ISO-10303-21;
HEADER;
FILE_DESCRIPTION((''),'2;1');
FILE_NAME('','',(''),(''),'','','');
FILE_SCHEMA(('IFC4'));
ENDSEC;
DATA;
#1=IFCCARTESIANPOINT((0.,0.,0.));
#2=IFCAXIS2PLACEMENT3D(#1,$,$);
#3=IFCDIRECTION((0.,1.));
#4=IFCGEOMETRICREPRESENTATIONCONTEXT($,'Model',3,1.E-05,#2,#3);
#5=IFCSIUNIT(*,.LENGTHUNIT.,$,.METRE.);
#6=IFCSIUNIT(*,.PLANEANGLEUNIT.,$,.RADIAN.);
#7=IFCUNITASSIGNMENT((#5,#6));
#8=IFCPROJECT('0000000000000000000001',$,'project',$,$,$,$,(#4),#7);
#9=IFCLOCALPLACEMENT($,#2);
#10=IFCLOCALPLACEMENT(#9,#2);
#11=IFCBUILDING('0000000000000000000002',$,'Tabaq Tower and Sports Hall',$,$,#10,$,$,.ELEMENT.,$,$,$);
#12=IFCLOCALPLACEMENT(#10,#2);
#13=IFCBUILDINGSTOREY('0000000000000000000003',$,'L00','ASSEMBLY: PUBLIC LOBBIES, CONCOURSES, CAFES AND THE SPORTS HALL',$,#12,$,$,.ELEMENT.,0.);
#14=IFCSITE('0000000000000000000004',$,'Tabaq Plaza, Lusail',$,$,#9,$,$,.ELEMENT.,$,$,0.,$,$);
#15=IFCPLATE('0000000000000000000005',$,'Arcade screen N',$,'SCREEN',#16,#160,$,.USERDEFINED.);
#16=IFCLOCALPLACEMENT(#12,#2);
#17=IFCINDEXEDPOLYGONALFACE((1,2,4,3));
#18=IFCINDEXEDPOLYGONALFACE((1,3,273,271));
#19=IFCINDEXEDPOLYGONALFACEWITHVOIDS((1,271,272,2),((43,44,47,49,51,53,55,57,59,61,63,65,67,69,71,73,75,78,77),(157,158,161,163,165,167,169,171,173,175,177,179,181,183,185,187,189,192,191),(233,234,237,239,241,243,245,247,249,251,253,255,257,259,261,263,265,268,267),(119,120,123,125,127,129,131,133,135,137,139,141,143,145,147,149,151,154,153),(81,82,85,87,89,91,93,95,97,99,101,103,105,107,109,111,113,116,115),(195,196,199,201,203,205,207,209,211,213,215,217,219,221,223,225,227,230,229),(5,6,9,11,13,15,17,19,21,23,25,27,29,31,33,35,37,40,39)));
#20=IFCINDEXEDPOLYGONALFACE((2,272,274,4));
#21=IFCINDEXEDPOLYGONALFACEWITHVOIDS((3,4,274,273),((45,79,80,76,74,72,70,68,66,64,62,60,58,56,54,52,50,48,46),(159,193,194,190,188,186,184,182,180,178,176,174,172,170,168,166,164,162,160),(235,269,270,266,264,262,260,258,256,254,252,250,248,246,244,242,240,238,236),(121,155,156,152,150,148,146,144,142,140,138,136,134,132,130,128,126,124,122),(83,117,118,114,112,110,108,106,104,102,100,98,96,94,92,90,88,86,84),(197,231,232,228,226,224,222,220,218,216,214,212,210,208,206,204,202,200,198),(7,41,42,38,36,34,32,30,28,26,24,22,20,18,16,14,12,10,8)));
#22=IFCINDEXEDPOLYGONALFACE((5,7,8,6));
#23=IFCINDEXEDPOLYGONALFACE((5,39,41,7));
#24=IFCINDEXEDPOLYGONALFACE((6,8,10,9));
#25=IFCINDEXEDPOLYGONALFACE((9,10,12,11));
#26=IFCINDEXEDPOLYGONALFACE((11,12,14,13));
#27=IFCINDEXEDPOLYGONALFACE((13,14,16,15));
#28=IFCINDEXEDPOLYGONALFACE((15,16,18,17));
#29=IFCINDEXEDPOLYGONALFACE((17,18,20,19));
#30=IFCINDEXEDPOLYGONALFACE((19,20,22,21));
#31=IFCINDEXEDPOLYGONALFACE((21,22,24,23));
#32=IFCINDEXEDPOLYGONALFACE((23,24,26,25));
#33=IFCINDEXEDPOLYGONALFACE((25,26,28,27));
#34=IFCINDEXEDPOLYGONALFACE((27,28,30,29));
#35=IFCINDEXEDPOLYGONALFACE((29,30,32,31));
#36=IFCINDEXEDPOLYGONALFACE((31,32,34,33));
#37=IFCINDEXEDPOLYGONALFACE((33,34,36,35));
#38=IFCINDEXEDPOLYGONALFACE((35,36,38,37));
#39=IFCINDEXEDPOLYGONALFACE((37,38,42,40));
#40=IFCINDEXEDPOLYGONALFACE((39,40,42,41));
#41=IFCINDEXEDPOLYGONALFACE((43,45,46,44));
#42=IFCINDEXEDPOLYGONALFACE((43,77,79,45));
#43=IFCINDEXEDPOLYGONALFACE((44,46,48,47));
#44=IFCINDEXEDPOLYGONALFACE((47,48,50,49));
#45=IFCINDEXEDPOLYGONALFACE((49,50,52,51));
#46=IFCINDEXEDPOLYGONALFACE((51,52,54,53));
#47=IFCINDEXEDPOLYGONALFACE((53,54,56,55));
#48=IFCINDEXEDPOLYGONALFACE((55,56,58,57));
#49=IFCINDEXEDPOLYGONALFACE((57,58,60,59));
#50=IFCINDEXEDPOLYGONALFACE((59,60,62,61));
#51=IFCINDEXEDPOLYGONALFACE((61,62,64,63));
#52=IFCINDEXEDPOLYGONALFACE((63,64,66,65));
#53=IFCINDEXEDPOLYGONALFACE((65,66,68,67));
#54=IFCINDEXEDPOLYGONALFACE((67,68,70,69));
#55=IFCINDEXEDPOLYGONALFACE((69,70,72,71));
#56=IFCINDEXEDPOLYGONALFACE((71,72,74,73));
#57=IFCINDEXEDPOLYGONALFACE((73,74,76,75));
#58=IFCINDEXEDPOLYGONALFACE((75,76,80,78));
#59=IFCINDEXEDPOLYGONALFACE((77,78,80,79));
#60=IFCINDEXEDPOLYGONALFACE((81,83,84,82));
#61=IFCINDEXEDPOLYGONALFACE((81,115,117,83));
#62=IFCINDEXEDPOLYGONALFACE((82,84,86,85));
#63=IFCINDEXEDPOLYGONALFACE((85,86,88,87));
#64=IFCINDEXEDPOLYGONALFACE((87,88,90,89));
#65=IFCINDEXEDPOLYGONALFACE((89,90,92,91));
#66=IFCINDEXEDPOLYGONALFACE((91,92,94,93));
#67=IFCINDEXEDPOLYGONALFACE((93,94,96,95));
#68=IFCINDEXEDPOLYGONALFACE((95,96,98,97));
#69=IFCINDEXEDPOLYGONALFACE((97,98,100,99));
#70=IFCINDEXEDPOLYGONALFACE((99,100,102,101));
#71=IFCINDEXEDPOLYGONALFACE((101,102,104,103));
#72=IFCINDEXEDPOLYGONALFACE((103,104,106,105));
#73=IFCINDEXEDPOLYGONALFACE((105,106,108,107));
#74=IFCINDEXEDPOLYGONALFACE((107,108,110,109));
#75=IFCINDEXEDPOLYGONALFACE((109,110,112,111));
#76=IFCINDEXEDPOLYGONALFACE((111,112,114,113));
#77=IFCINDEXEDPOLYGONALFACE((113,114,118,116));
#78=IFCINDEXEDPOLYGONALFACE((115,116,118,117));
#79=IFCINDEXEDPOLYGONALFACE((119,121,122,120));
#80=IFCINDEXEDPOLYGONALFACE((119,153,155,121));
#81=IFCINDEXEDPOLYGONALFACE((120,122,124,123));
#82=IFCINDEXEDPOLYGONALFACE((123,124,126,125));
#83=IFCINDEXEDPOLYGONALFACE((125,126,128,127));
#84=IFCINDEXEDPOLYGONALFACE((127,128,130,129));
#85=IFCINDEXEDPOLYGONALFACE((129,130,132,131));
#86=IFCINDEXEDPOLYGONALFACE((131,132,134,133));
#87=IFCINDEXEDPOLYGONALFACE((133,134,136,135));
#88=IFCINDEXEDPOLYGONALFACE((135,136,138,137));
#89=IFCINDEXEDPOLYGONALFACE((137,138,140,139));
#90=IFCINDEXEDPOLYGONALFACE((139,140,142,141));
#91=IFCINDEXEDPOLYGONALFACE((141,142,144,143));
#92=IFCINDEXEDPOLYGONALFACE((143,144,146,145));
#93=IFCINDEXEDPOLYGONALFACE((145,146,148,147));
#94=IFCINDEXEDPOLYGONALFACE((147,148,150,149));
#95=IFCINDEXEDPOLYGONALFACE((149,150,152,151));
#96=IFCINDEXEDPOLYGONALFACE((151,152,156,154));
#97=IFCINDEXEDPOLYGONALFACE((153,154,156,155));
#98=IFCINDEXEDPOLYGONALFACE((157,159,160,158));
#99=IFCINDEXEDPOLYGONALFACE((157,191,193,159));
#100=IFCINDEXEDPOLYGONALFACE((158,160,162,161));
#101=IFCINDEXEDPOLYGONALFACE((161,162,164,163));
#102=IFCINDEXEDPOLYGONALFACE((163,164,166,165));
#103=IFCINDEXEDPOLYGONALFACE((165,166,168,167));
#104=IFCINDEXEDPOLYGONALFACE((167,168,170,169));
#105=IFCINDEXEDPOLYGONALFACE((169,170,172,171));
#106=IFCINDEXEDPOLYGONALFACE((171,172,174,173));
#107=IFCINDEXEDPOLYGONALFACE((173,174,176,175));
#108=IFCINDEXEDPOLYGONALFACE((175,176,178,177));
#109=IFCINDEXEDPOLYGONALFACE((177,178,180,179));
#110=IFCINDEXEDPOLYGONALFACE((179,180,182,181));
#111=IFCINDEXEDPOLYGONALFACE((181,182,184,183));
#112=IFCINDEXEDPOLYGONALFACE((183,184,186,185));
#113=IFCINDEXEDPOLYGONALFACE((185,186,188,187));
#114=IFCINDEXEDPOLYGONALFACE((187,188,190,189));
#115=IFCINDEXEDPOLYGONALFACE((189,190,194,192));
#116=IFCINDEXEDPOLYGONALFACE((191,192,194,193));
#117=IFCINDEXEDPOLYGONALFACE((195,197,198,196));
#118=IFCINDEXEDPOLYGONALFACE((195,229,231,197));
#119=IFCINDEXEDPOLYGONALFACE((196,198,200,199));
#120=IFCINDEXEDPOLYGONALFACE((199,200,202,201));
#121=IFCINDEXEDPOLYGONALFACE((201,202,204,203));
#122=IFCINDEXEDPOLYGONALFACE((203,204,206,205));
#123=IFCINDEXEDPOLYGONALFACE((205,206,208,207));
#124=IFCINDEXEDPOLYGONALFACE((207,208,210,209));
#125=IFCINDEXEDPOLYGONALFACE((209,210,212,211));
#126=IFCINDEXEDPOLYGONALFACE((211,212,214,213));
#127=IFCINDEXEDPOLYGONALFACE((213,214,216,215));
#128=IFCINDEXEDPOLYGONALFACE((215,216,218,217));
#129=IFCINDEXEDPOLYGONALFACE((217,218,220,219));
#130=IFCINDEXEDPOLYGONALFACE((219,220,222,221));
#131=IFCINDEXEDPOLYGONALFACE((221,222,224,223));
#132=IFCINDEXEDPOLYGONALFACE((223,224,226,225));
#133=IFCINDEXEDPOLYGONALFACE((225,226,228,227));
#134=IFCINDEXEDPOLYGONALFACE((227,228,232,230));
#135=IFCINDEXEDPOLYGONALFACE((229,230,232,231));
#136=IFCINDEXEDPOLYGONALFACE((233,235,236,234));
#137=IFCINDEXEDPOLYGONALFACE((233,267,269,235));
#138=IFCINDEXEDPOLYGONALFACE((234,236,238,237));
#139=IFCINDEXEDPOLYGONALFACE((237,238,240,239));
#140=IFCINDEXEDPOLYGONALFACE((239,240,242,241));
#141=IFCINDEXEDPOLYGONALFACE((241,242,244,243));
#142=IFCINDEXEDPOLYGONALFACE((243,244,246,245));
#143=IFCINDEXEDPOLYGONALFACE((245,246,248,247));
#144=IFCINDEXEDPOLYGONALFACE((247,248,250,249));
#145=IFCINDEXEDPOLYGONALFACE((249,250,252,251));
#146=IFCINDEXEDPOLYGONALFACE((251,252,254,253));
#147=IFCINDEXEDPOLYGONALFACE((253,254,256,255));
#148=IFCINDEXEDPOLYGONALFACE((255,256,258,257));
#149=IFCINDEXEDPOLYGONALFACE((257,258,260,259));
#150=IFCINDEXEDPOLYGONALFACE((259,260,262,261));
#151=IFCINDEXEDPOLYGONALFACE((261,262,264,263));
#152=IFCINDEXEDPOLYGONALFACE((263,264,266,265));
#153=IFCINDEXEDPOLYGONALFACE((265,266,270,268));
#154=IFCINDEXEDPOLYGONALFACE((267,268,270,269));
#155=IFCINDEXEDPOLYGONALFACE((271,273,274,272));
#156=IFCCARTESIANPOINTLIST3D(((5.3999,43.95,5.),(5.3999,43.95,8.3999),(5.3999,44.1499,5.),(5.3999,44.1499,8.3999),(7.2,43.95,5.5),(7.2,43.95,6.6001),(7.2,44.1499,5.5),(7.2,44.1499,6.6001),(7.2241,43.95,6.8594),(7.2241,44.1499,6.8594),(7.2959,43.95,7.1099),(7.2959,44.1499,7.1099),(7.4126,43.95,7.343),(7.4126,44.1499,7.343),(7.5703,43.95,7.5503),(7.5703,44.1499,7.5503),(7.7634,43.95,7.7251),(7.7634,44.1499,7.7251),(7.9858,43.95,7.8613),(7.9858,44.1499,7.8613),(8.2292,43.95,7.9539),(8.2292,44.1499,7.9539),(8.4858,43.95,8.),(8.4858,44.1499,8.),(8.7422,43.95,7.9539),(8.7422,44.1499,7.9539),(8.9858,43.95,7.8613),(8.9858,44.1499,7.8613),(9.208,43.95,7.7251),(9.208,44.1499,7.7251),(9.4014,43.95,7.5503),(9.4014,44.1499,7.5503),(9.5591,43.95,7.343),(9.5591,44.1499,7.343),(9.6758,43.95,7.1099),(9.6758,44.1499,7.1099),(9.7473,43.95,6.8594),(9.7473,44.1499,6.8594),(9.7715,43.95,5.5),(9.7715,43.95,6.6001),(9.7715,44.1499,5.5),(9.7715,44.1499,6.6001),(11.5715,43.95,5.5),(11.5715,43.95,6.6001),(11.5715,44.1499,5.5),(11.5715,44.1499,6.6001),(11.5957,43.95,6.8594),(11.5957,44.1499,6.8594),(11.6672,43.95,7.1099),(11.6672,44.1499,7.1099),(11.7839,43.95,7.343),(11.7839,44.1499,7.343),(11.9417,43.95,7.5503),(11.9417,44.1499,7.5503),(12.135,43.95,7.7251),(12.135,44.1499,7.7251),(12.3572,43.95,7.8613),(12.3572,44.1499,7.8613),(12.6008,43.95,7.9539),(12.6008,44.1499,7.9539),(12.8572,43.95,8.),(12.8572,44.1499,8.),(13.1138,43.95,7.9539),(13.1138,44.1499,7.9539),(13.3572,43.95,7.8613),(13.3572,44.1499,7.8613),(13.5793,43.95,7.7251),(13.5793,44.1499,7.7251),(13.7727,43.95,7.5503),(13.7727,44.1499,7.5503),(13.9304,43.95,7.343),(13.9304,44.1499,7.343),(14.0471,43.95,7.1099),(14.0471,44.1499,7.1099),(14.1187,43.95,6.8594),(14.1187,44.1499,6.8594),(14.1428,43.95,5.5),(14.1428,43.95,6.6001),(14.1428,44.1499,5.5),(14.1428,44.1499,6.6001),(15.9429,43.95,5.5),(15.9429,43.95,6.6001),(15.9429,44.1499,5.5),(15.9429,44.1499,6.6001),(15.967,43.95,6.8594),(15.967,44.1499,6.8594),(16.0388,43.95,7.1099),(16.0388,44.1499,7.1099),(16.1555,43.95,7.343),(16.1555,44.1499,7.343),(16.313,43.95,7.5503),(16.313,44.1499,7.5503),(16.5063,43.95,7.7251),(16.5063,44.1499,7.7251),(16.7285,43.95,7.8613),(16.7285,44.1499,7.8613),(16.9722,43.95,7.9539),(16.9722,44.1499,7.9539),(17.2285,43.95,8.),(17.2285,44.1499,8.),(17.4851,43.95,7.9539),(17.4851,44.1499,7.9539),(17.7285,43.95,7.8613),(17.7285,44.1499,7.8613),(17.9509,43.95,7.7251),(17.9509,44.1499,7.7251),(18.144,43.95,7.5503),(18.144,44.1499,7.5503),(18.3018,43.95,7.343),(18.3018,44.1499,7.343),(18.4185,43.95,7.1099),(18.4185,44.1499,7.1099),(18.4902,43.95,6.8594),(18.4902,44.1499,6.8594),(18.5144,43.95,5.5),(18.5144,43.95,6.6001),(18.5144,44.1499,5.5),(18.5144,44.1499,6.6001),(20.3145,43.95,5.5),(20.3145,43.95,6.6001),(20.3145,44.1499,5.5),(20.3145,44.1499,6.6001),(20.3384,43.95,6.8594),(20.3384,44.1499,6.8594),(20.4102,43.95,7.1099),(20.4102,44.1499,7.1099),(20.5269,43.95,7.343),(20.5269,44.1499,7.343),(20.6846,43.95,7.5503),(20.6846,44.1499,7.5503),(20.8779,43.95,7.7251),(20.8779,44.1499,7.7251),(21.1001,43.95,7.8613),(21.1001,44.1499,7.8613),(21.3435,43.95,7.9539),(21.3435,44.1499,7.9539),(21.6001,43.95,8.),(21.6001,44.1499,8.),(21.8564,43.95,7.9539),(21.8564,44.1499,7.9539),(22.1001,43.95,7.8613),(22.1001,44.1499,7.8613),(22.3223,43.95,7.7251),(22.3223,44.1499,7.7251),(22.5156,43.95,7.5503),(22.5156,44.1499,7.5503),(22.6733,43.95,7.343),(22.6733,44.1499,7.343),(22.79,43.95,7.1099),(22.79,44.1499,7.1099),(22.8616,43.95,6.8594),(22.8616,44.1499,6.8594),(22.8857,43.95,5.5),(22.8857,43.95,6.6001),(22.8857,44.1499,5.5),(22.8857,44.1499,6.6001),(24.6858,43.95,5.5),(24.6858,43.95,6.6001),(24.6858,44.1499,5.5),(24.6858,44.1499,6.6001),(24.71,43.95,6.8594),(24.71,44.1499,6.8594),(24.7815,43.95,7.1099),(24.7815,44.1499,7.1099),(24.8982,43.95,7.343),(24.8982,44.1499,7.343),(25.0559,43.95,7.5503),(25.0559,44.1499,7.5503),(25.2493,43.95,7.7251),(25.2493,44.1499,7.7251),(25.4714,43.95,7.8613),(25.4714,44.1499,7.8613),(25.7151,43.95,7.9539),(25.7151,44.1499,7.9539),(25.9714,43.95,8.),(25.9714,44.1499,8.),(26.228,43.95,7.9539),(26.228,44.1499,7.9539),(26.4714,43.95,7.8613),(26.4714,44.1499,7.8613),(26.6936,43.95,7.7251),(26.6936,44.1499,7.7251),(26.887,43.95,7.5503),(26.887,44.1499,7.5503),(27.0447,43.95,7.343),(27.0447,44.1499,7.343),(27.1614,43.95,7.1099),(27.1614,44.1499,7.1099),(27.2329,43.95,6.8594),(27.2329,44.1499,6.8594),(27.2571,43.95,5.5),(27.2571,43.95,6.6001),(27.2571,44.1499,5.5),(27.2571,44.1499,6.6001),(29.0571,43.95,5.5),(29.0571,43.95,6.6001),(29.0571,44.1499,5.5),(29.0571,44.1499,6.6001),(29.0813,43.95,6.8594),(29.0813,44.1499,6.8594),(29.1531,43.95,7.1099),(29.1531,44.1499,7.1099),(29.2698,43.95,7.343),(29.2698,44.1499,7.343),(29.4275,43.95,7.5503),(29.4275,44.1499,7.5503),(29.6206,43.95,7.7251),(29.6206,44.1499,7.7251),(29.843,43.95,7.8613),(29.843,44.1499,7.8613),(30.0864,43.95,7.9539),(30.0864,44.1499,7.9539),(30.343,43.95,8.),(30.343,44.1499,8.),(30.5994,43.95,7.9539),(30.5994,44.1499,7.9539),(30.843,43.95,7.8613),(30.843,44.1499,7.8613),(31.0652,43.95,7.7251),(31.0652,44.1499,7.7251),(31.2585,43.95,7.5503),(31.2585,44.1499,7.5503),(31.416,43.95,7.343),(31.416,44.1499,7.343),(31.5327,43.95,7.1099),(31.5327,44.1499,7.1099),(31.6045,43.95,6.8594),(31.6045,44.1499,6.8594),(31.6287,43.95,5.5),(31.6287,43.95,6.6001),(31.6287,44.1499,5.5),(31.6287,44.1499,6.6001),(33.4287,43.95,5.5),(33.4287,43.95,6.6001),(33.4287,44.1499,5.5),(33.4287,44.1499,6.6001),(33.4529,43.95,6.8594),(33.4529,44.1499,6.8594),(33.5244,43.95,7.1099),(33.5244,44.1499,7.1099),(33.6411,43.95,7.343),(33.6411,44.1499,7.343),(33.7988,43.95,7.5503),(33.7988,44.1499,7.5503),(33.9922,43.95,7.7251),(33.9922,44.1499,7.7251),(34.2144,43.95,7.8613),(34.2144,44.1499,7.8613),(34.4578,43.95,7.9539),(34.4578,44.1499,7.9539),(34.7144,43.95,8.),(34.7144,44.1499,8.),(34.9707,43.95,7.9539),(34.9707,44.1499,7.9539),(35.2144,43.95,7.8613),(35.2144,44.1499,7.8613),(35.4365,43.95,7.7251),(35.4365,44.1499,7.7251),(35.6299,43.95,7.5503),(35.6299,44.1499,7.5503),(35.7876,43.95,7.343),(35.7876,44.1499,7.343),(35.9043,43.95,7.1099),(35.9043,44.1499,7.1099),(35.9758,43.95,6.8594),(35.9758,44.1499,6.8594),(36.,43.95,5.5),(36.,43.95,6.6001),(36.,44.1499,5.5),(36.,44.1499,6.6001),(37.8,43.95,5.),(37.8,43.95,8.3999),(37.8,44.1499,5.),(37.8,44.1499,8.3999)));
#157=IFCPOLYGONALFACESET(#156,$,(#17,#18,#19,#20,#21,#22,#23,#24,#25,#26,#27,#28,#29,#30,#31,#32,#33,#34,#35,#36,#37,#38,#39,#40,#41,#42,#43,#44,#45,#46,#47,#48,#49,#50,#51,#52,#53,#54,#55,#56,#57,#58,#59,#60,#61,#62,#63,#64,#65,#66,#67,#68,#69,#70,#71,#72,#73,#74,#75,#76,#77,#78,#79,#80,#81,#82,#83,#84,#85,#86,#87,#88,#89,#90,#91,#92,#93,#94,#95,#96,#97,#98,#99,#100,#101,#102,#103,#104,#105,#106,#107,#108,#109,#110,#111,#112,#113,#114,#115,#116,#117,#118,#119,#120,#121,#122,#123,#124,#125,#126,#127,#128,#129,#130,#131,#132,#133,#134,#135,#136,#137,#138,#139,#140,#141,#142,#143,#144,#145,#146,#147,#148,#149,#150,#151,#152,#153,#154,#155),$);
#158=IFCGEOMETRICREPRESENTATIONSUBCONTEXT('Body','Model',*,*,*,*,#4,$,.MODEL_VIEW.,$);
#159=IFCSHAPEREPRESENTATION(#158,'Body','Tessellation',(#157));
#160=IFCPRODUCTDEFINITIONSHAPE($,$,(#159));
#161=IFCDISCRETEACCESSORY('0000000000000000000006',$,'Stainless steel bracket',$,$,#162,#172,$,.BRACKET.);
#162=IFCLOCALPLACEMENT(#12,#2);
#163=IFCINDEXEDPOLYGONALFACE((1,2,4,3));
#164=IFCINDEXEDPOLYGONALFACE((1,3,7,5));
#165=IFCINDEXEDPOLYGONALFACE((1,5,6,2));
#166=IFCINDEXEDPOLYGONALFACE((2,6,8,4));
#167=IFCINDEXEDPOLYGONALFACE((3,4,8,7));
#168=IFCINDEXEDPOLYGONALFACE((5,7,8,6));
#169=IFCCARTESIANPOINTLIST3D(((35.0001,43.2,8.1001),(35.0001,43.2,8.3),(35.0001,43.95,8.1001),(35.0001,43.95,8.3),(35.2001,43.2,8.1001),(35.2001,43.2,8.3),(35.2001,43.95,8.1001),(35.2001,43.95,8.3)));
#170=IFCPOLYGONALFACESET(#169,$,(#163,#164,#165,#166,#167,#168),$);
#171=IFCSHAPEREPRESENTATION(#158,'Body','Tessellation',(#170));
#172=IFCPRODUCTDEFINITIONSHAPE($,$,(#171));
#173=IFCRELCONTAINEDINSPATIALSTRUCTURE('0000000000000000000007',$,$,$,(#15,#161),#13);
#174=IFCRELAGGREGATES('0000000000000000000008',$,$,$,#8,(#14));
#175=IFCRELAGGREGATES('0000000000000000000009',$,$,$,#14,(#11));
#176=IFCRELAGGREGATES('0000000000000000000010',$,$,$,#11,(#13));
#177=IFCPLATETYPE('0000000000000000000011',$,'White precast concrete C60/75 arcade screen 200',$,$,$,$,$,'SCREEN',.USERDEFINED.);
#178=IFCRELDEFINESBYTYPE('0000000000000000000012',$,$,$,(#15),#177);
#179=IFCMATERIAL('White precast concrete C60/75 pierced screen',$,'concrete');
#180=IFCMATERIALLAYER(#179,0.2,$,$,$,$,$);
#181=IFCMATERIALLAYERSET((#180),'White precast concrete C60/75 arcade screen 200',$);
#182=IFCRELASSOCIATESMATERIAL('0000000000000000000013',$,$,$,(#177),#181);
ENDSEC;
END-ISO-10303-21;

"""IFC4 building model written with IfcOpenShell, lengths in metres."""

from ifc_helpers import new_model, si_unit, direction, frame, origin, origin_2d, place, context, subcontext, project, spatial, polyline, rectangle, outline, extrude, material, layer, layer_set, type_object, element, save


model = new_model("IFC4")

# Units and contexts
model_context = context("Model", 3, precision=1e-05, world=origin(), true_north=direction((0.0, 1.0)))
body_context = subcontext(model_context, "Body", "Model", "MODEL_VIEW")
ifc_project = project(units=[si_unit("LENGTHUNIT", "METRE"), si_unit("PLANEANGLEUNIT", "RADIAN")], contexts=[model_context])

# Site, building, storey
site_placement = place(None, origin())
site = spatial("IfcSite", under=ifc_project, at=site_placement, Name="Tabaq Plaza, Lusail", CompositionType="ELEMENT", RefElevation=0.0)
building_placement = place(site_placement, origin())
building = spatial("IfcBuilding", under=site, at=building_placement, Name="Tabaq Tower and Sports Hall", CompositionType="ELEMENT")
storey_placement = place(building_placement, origin())
storey = spatial("IfcBuildingStorey", under=building, at=storey_placement, Name="L00", Description="ASSEMBLY: PUBLIC LOBBIES, CONCOURSES, CAFES AND THE SPORTS HALL", CompositionType="ELEMENT", Elevation=0.0)

# Plate
ifc_material_1 = material(Name="White precast concrete C60/75 pierced screen", Category="concrete")
ifc_layer_1 = layer(ifc_material_1, 0.2)
ifc_layer_set_1 = layer_set([ifc_layer_1], Name="White precast concrete C60/75 arcade screen 200")
plate_type_1 = type_object("IfcPlateType", Name="White precast concrete C60/75 arcade screen 200", ElementType="SCREEN", PredefinedType="USERDEFINED", material=ifc_layer_set_1)
plate_1_placement = place(storey_placement, frame((37.8, 44.05, 5.0), z_axis=(0.0, 0.0, 1.0), x_axis=(-1.0, 0.0, 0.0)))
element("IfcPlate", 1, at=plate_1_placement, inside=storey, type_object=plate_type_1, Name="Arcade screen N", ObjectType="SCREEN", PredefinedType="USERDEFINED", context=body_context, shape_type="SweptSolid", body=[
    extrude(outline(polyline([(0.0, 0.0), (32.4001, 0.0), (32.4001, 3.3999), (0.0, 3.3999), (0.0, 0.0)]), holes=[polyline([(1.8, 0.5), (4.3713, 0.5), (4.3713, 1.6001), (4.3472, 1.8594), (4.2756, 2.1099), (4.1589, 2.343), (4.0012, 2.5503), (3.8079, 2.7251), (3.5857, 2.8613), (3.3423, 2.9539), (3.0857, 3.0), (2.8293, 2.9539), (2.5857, 2.8613), (2.3635, 2.7251), (2.1702, 2.5503), (2.0125, 2.343), (1.8958, 2.1099), (1.8242, 1.8594), (1.8, 1.6001), (1.8, 0.5)]), polyline([(6.1714, 0.5), (8.7429, 0.5), (8.7429, 1.6001), (8.7188, 1.8594), (8.647, 2.1099), (8.5303, 2.343), (8.3726, 2.5503), (8.1794, 2.7251), (7.957, 2.8613), (7.7136, 2.9539), (7.457, 3.0), (7.2007, 2.9539), (6.957, 2.8613), (6.7349, 2.7251), (6.5415, 2.5503), (6.384, 2.343), (6.2673, 2.1099), (6.1956, 1.8594), (6.1714, 1.6001), (6.1714, 0.5)]), polyline([(10.543, 0.5), (13.1143, 0.5), (13.1143, 1.6001), (13.0901, 1.8594), (13.0186, 2.1099), (12.9019, 2.343), (12.7441, 2.5503), (12.5508, 2.7251), (12.3286, 2.8613), (12.085, 2.9539), (11.8286, 3.0), (11.572, 2.9539), (11.3286, 2.8613), (11.1064, 2.7251), (10.9131, 2.5503), (10.7554, 2.343), (10.6387, 2.1099), (10.5671, 1.8594), (10.543, 1.6001), (10.543, 0.5)]), polyline([(14.9143, 0.5), (17.4856, 0.5), (17.4856, 1.6001), (17.4617, 1.8594), (17.3899, 2.1099), (17.2732, 2.343), (17.1155, 2.5503), (16.9221, 2.7251), (16.7, 2.8613), (16.4565, 2.9539), (16.2, 3.0), (15.9436, 2.9539), (15.7, 2.8613), (15.4778, 2.7251), (15.2844, 2.5503), (15.1267, 2.343), (15.01, 2.1099), (14.9385, 1.8594), (14.9143, 1.6001), (14.9143, 0.5)]), polyline([(19.2856, 0.5), (21.8572, 0.5), (21.8572, 1.6001), (21.833, 1.8594), (21.7612, 2.1099), (21.6445, 2.343), (21.4871, 2.5503), (21.2937, 2.7251), (21.0715, 2.8613), (20.8279, 2.9539), (20.5715, 3.0), (20.3149, 2.9539), (20.0715, 2.8613), (19.8491, 2.7251), (19.656, 2.5503), (19.4983, 2.343), (19.3816, 2.1099), (19.3098, 1.8594), (19.2856, 1.6001), (19.2856, 0.5)]), polyline([(23.6572, 0.5), (26.2285, 0.5), (26.2285, 1.6001), (26.2043, 1.8594), (26.1328, 2.1099), (26.0161, 2.343), (25.8584, 2.5503), (25.665, 2.7251), (25.4429, 2.8613), (25.1992, 2.9539), (24.9429, 3.0), (24.6863, 2.9539), (24.4429, 2.8613), (24.2207, 2.7251), (24.0273, 2.5503), (23.8696, 2.343), (23.7529, 2.1099), (23.6814, 1.8594), (23.6572, 1.6001), (23.6572, 0.5)]), polyline([(28.0286, 0.5), (30.6001, 0.5), (30.6001, 1.6001), (30.5759, 1.8594), (30.5042, 2.1099), (30.3875, 2.343), (30.2297, 2.5503), (30.0366, 2.7251), (29.8142, 2.8613), (29.5708, 2.9539), (29.3142, 3.0), (29.0579, 2.9539), (28.8142, 2.8613), (28.592, 2.7251), (28.3987, 2.5503), (28.241, 2.343), (28.1243, 2.1099), (28.0527, 1.8594), (28.0286, 1.6001), (28.0286, 0.5)])]), frame((0.0, 0.1001, 0.0), z_axis=(0.0, -1.0, 0.0), x_axis=(1.0, 0.0, 0.0)), (0.0, 0.0, 1.0), 0.2),
])

# Discrete accessory
discrete_accessory_placement = place(storey_placement, frame((35.1001, 43.575, 8.1001), z_axis=(0.0, 0.0, 1.0), x_axis=(1.0, 0.0, 0.0)))
element("IfcDiscreteAccessory", 2, at=discrete_accessory_placement, inside=storey, Name="Stainless steel bracket", PredefinedType="BRACKET", context=body_context, shape_type="SweptSolid", body=[
    extrude(rectangle(XDim=0.2, YDim=0.75, at=origin_2d()), origin(), (0.0, 0.0, 1.0), 0.2),
])

save(model, "model.ifc")
